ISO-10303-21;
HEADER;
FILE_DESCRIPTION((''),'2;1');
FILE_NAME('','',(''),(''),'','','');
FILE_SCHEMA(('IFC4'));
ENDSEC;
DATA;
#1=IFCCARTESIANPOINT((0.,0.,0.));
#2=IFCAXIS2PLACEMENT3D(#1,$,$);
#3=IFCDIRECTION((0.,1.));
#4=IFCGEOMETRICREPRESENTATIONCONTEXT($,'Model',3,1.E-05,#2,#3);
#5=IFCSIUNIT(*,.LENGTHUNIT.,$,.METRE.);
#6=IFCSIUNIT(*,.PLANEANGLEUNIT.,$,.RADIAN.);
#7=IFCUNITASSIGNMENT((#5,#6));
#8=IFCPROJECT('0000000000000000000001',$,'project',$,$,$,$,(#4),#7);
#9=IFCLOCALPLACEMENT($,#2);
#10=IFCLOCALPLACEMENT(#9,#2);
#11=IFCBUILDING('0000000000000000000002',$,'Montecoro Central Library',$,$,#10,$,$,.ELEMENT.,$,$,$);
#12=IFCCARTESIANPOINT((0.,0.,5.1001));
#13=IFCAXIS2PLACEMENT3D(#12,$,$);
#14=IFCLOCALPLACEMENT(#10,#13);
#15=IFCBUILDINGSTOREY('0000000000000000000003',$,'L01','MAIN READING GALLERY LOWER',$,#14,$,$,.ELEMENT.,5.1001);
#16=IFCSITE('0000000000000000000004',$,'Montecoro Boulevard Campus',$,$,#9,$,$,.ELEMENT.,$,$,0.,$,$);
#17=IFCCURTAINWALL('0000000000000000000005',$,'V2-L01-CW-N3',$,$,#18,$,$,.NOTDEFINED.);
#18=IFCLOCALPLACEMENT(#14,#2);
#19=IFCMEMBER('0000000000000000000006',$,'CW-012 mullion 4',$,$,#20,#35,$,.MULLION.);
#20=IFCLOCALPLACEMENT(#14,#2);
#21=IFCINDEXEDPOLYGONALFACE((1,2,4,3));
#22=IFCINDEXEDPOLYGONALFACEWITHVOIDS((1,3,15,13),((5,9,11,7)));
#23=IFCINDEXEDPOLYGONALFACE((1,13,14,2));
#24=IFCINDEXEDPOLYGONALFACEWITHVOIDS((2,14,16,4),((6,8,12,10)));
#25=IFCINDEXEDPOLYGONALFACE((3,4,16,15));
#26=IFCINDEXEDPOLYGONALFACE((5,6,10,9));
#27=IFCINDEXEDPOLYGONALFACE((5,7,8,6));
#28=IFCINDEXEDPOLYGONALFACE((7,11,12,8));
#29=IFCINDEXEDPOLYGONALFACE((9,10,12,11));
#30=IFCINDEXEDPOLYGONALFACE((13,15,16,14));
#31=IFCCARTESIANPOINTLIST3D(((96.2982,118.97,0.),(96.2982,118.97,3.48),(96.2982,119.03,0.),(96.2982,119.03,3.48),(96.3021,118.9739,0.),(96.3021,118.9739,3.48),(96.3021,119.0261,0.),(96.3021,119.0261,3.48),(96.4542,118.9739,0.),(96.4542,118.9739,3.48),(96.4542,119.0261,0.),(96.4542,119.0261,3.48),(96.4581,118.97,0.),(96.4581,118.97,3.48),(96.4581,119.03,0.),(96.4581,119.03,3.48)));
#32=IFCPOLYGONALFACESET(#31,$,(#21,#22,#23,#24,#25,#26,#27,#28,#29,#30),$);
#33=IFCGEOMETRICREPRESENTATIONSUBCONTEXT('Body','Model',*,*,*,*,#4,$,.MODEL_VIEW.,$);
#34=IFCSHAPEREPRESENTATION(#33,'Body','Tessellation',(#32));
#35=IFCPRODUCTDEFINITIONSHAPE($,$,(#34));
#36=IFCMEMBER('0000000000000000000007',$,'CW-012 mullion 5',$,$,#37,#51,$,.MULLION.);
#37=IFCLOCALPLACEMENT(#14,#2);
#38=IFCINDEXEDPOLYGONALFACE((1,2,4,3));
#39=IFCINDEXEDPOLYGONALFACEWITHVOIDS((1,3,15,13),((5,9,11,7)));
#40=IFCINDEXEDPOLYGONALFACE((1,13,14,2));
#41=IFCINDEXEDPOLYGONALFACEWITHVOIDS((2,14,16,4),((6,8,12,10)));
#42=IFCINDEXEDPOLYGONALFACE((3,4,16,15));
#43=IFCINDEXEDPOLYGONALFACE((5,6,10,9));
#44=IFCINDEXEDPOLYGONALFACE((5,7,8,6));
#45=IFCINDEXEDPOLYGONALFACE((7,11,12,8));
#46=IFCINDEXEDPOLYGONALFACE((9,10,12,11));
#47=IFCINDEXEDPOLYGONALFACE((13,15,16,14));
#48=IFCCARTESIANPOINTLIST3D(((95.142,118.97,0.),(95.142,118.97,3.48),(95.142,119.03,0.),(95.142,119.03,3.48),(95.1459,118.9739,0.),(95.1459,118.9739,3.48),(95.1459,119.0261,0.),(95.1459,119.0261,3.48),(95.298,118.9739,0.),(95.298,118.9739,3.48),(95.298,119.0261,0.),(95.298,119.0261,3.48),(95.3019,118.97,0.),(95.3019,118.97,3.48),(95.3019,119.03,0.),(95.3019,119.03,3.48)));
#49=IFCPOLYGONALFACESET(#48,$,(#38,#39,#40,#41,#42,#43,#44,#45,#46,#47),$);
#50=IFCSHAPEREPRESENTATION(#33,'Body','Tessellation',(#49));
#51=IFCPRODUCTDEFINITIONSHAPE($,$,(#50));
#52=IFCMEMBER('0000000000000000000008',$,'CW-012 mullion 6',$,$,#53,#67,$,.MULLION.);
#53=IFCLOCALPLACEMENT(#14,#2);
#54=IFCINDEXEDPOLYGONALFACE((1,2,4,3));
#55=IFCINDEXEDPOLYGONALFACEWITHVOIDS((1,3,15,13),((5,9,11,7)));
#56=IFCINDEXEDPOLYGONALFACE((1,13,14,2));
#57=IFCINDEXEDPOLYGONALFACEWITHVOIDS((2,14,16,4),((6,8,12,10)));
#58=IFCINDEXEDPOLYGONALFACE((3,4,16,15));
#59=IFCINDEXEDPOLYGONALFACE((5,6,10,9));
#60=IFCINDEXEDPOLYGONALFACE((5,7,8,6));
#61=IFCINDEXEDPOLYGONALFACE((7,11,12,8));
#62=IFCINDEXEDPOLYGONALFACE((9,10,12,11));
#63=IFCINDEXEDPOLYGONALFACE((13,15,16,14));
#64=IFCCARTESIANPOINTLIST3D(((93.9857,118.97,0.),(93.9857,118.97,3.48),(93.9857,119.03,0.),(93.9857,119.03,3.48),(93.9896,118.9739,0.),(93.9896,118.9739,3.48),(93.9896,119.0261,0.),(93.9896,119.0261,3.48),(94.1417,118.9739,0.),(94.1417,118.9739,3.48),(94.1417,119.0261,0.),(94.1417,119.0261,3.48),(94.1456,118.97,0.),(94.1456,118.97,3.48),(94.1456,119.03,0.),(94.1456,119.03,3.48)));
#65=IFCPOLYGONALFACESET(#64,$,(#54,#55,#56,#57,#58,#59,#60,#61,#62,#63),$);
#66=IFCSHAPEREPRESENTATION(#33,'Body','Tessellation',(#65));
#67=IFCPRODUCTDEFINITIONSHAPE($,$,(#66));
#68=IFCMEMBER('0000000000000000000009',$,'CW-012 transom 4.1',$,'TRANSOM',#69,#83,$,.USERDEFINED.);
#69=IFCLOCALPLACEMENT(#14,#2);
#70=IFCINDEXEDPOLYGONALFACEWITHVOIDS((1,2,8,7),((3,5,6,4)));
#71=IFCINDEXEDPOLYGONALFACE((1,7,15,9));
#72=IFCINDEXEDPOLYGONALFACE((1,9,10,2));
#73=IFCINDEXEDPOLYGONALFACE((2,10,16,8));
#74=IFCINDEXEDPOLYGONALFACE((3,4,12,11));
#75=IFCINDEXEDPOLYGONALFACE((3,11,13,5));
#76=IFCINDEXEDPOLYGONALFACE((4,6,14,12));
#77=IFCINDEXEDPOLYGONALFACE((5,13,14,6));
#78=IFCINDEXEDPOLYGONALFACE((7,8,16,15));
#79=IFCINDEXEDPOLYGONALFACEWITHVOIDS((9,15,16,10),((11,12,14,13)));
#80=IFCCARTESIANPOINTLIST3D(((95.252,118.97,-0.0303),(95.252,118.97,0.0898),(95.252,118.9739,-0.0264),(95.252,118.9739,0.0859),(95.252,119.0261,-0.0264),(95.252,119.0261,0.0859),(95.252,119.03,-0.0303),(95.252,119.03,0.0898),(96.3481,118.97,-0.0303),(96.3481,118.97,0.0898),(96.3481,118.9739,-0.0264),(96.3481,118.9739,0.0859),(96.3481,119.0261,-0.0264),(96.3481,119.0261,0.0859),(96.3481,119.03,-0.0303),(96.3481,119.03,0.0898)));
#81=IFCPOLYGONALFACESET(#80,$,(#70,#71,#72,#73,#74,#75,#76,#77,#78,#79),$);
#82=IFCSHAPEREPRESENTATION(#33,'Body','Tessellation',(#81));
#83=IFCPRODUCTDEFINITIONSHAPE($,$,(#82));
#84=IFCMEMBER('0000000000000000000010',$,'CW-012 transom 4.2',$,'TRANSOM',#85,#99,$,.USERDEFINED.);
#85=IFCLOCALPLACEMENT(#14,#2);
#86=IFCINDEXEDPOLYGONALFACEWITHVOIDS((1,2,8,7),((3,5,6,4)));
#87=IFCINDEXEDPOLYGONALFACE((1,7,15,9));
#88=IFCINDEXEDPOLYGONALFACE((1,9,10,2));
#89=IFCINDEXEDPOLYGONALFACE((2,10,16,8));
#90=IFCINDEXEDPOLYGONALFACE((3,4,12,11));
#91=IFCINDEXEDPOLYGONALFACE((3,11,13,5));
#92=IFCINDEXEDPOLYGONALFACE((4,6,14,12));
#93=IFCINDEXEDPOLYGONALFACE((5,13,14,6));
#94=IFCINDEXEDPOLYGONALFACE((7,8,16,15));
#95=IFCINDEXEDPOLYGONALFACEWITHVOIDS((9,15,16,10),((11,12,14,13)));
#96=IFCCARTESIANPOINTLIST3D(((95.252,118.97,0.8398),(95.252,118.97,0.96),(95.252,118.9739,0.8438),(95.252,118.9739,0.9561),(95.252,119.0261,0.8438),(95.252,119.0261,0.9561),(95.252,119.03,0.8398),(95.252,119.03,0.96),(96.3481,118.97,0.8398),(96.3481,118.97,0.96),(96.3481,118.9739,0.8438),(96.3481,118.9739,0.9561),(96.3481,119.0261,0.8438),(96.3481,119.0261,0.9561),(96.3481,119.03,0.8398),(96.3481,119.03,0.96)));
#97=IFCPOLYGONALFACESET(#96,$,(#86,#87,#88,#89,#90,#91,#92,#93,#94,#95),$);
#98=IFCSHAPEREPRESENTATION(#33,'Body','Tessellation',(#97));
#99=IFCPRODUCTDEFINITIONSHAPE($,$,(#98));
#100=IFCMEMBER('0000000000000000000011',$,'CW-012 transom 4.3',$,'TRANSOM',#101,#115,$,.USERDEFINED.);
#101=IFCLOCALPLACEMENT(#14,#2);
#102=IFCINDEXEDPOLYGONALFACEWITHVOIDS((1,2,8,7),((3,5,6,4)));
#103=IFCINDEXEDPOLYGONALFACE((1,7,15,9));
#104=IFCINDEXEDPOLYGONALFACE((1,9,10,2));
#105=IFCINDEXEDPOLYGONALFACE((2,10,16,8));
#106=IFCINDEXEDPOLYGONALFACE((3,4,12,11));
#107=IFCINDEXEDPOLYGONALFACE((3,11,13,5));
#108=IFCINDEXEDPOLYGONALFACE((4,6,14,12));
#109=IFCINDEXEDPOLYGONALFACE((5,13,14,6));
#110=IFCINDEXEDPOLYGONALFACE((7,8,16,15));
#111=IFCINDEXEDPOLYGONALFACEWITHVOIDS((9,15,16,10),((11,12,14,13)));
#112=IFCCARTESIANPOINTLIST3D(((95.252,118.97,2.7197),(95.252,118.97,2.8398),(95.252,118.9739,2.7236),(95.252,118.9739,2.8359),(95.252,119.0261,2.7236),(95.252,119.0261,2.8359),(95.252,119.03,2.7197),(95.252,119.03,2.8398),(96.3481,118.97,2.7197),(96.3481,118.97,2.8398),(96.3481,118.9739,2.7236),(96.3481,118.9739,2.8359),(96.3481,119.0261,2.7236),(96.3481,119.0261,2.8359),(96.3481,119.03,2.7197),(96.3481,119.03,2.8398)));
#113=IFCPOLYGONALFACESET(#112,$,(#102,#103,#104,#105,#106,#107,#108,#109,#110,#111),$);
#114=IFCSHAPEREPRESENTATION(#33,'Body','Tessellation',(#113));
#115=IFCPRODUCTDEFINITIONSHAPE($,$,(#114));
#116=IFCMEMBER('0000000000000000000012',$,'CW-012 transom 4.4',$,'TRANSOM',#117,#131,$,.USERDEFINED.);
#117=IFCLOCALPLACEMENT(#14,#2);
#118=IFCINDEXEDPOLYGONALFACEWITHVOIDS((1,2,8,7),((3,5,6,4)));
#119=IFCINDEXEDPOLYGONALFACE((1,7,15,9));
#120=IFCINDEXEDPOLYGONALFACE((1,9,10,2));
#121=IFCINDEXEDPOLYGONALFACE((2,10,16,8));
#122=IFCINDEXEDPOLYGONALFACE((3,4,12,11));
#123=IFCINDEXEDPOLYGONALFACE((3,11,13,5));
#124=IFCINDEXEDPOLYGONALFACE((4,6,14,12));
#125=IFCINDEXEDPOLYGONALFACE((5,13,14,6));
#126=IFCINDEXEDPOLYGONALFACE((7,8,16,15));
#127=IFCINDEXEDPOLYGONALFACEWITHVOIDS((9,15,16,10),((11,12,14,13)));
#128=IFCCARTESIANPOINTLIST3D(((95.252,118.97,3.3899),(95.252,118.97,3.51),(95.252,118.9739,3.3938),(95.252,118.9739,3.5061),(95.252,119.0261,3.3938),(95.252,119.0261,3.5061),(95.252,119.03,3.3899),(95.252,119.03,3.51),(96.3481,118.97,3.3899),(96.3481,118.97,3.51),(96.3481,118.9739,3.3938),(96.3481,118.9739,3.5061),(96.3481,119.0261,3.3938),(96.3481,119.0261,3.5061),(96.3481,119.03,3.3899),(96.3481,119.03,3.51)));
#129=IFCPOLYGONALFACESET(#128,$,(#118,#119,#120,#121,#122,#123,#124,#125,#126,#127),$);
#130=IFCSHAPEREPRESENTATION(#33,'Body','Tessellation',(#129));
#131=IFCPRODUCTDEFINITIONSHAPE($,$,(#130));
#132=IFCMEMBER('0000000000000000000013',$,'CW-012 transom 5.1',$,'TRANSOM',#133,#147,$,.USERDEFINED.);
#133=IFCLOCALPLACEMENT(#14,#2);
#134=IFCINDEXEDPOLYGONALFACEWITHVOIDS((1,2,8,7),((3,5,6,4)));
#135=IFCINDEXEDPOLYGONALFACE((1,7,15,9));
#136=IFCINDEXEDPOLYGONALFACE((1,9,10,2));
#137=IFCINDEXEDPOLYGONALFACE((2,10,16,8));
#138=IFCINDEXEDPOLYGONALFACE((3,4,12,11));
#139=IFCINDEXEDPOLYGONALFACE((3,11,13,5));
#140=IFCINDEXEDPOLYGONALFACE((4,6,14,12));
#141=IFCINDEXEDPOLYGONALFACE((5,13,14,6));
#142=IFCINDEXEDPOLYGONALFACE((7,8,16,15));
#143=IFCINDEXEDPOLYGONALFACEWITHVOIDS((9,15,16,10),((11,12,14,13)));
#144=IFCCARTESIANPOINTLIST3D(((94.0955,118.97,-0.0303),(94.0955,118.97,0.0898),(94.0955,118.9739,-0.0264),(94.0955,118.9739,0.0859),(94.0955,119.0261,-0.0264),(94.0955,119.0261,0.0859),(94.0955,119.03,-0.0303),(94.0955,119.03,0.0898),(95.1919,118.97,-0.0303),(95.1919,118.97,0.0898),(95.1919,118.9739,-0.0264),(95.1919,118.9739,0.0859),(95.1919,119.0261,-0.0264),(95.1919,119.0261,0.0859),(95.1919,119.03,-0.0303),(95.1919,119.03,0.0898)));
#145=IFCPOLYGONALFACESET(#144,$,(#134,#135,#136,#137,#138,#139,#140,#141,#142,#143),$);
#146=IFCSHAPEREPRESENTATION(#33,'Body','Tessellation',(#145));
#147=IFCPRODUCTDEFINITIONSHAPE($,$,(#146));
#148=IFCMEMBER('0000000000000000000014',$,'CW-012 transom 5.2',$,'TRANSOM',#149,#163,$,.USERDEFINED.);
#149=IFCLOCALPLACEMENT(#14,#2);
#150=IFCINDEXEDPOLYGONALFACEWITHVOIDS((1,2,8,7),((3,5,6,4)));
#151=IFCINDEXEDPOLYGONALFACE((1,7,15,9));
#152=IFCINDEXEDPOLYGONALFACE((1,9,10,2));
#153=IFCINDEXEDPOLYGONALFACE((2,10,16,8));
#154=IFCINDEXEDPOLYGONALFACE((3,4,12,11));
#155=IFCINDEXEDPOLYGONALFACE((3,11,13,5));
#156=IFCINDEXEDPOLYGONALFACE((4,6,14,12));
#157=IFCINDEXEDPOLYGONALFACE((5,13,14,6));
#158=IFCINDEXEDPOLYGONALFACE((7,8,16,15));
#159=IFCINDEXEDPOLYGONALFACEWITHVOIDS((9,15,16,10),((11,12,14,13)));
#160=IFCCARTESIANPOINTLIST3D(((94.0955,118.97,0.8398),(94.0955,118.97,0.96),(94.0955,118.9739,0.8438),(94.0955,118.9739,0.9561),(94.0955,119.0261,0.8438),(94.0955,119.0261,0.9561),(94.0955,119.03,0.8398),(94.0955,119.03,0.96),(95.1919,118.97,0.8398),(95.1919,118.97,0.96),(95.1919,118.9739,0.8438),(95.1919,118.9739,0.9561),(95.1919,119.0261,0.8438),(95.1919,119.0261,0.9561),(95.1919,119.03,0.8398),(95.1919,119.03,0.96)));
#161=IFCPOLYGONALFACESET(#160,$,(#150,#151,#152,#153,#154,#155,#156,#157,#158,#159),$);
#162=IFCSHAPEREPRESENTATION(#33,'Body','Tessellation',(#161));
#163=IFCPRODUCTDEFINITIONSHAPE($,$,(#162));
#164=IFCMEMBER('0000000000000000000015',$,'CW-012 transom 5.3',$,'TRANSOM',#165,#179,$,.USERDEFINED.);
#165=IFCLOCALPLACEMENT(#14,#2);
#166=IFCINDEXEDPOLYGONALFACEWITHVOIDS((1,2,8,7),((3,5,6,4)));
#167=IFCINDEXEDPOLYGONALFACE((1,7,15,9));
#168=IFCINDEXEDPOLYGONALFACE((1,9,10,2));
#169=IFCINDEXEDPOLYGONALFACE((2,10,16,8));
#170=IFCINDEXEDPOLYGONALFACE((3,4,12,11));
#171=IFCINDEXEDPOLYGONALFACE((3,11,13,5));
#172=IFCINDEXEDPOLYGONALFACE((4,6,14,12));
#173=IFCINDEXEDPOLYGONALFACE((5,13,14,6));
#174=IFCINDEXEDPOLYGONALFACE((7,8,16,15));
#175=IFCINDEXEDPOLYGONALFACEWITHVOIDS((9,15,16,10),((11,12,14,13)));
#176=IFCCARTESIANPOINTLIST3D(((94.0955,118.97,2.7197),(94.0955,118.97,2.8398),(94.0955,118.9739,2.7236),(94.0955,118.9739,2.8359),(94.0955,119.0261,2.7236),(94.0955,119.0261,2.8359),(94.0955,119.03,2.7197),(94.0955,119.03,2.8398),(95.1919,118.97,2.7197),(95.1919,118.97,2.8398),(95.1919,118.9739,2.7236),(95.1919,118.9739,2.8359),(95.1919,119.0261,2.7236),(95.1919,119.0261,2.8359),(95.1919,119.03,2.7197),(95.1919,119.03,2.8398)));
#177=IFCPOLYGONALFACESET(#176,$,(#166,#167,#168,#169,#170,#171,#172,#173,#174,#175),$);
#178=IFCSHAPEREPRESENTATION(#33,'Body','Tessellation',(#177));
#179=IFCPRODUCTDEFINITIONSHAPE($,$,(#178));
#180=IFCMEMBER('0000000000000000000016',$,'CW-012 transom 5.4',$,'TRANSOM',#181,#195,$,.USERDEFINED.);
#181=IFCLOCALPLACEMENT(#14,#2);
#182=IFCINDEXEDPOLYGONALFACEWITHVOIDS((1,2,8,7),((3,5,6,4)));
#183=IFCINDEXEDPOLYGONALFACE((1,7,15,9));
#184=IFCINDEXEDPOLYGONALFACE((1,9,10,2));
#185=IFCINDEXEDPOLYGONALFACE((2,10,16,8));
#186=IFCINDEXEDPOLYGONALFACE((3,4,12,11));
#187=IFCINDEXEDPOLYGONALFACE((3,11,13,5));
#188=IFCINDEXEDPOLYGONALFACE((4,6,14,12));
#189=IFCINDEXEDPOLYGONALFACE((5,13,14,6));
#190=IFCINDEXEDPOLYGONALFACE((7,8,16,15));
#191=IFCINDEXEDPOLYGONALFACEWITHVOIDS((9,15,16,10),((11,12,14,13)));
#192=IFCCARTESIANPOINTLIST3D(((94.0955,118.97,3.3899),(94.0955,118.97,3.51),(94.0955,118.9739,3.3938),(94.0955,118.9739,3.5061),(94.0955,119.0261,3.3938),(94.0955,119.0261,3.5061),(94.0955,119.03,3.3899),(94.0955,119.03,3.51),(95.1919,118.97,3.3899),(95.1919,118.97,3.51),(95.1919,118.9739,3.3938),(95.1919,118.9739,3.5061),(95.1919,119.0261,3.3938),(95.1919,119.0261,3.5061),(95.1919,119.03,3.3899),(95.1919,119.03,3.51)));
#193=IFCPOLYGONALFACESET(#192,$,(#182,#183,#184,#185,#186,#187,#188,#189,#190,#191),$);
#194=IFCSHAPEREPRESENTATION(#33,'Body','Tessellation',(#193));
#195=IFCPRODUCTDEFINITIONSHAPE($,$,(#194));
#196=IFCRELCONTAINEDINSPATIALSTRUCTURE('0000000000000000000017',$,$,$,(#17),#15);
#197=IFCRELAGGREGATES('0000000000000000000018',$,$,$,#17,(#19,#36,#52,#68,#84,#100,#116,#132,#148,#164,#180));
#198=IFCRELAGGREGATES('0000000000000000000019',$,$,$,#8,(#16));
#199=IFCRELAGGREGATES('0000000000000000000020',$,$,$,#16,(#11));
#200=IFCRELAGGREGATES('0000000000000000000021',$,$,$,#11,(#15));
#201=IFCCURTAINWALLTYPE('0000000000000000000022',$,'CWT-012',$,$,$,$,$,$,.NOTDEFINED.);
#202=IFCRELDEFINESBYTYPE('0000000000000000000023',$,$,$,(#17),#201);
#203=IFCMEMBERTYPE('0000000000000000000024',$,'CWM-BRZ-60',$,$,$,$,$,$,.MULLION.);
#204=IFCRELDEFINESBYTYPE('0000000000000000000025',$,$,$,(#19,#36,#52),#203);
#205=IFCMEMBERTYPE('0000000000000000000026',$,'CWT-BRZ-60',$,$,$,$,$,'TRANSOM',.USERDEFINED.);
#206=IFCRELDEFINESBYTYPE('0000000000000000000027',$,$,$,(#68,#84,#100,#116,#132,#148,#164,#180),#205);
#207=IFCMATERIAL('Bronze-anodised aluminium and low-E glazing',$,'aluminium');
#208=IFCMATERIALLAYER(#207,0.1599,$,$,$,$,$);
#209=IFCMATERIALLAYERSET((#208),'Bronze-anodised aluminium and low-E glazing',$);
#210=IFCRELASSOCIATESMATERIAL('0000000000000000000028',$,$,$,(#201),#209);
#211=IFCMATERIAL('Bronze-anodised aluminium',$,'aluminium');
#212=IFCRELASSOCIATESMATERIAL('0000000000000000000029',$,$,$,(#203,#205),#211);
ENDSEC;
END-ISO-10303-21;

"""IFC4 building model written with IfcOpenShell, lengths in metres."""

from ifc_helpers import new_model, si_unit, direction, frame, origin, origin_2d, place, context, subcontext, project, spatial, hollow_rectangle, extrude, material, layer, layer_set, material_profile, profile_set, type_object, element, aggregate, save


model = new_model("IFC4")

# Units and contexts
model_context = context("Model", 3, precision=1e-05, world=origin(), true_north=direction((0.0, 1.0)))
body_context = subcontext(model_context, "Body", "Model", "MODEL_VIEW")
ifc_project = project(units=[si_unit("LENGTHUNIT", "METRE"), si_unit("PLANEANGLEUNIT", "RADIAN")], contexts=[model_context])

# Site, building, storey
site_placement = place(None, origin())
site = spatial("IfcSite", under=ifc_project, at=site_placement, Name="Montecoro Boulevard Campus", CompositionType="ELEMENT", RefElevation=0.0)
building_placement = place(site_placement, origin())
building = spatial("IfcBuilding", under=site, at=building_placement, Name="Montecoro Central Library", CompositionType="ELEMENT")
storey_placement = place(building_placement, frame((0.0, 0.0, 5.1001)))
storey = spatial("IfcBuildingStorey", under=building, at=storey_placement, Name="L01", Description="MAIN READING GALLERY LOWER", CompositionType="ELEMENT", Elevation=5.1001)

# Curtain wall, members
ifc_material_1 = material(Name="Bronze-anodised aluminium and low-E glazing", Category="aluminium")
ifc_layer_1 = layer(ifc_material_1, 0.1599)
ifc_layer_set_1 = layer_set([ifc_layer_1], Name="Bronze-anodised aluminium and low-E glazing")
curtain_wall_type = type_object("IfcCurtainWallType", Name="CWT-012", PredefinedType="NOTDEFINED", material=ifc_layer_set_1)
curtain_wall_placement = place(storey_placement, origin())
curtain_wall = element("IfcCurtainWall", 1, at=curtain_wall_placement, inside=storey, type_object=curtain_wall_type, Name="V2-L01-CW-N3", PredefinedType="NOTDEFINED")
ifc_material_2 = material(Name="Bronze-anodised aluminium", Category="aluminium")
ifc_material_profile_1 = material_profile(ifc_material_2, hollow_rectangle(XDim=0.0601, YDim=0.1599, WallThickness=0.0039, at=origin_2d()), Name="CWM 160x60x4.0")
ifc_profile_set_1 = profile_set([ifc_material_profile_1], Name="Bronze-anodised aluminium")
member_type_1 = type_object("IfcMemberType", Name="CWM-BRZ-60", PredefinedType="MULLION", material=ifc_profile_set_1)
member_1_placement = place(storey_placement, frame((96.3782, 119.0, 0.0), z_axis=(0.0, 0.0, 1.0), x_axis=(0.0, -1.0, 0.0)))
member_1 = element("IfcMember", 2, at=member_1_placement, type_object=member_type_1, Name="CW-012 mullion 4", PredefinedType="MULLION", context=body_context, shape_type="SweptSolid", body=[
    extrude(hollow_rectangle(XDim=0.0601, YDim=0.1599, WallThickness=0.0039, at=origin_2d()), origin(), (0.0, 0.0, 1.0), 3.48),
])
member_2_placement = place(storey_placement, frame((95.2219, 119.0, 0.0), z_axis=(0.0, 0.0, 1.0), x_axis=(0.0, -1.0, 0.0)))
member_2 = element("IfcMember", 3, at=member_2_placement, type_object=member_type_1, Name="CW-012 mullion 5", PredefinedType="MULLION", context=body_context, shape_type="SweptSolid", body=[
    extrude(hollow_rectangle(XDim=0.0601, YDim=0.1599, WallThickness=0.0039, at=origin_2d()), origin(), (0.0, 0.0, 1.0), 3.48),
])
member_3_placement = place(storey_placement, frame((94.0657, 119.0, 0.0), z_axis=(0.0, 0.0, 1.0), x_axis=(0.0, -1.0, 0.0)))
member_3 = element("IfcMember", 4, at=member_3_placement, type_object=member_type_1, Name="CW-012 mullion 6", PredefinedType="MULLION", context=body_context, shape_type="SweptSolid", body=[
    extrude(hollow_rectangle(XDim=0.0601, YDim=0.1599, WallThickness=0.0039, at=origin_2d()), origin(), (0.0, 0.0, 1.0), 3.48),
])
ifc_material_profile_2 = material_profile(ifc_material_2, hollow_rectangle(XDim=0.0601, YDim=0.1201, WallThickness=0.0039, at=origin_2d()), Name="CWT 120x60x4.0")
ifc_profile_set_2 = profile_set([ifc_material_profile_2], Name="Bronze-anodised aluminium")
member_type_2 = type_object("IfcMemberType", Name="CWT-BRZ-60", ElementType="TRANSOM", PredefinedType="USERDEFINED", material=ifc_profile_set_2)
member_4_placement = place(storey_placement, frame((96.3481, 119.0, 0.0298), z_axis=(-1.0, 0.0, 0.0), x_axis=(0.0, -1.0, 0.0)))
member_4 = element("IfcMember", 5, at=member_4_placement, type_object=member_type_2, Name="CW-012 transom 4.1", ObjectType="TRANSOM", PredefinedType="USERDEFINED", context=body_context, shape_type="SweptSolid", body=[
    extrude(hollow_rectangle(XDim=0.0601, YDim=0.1201, WallThickness=0.0039, at=origin_2d()), origin(), (0.0, 0.0, 1.0), 1.0962),
])
member_5_placement = place(storey_placement, frame((96.3481, 119.0, 0.8999), z_axis=(-1.0, 0.0, 0.0), x_axis=(0.0, -1.0, 0.0)))
member_5 = element("IfcMember", 6, at=member_5_placement, type_object=member_type_2, Name="CW-012 transom 4.2", ObjectType="TRANSOM", PredefinedType="USERDEFINED", context=body_context, shape_type="SweptSolid", body=[
    extrude(hollow_rectangle(XDim=0.0601, YDim=0.1201, WallThickness=0.0039, at=origin_2d()), origin(), (0.0, 0.0, 1.0), 1.0962),
])
member_6_placement = place(storey_placement, frame((96.3481, 119.0, 2.7798), z_axis=(-1.0, 0.0, 0.0), x_axis=(0.0, -1.0, 0.0)))
member_6 = element("IfcMember", 7, at=member_6_placement, type_object=member_type_2, Name="CW-012 transom 4.3", ObjectType="TRANSOM", PredefinedType="USERDEFINED", context=body_context, shape_type="SweptSolid", body=[
    extrude(hollow_rectangle(XDim=0.0601, YDim=0.1201, WallThickness=0.0039, at=origin_2d()), origin(), (0.0, 0.0, 1.0), 1.0962),
])
member_7_placement = place(storey_placement, frame((96.3481, 119.0, 3.45), z_axis=(-1.0, 0.0, 0.0), x_axis=(0.0, -1.0, 0.0)))
member_7 = element("IfcMember", 8, at=member_7_placement, type_object=member_type_2, Name="CW-012 transom 4.4", ObjectType="TRANSOM", PredefinedType="USERDEFINED", context=body_context, shape_type="SweptSolid", body=[
    extrude(hollow_rectangle(XDim=0.0601, YDim=0.1201, WallThickness=0.0039, at=origin_2d()), origin(), (0.0, 0.0, 1.0), 1.0962),
])
member_8_placement = place(storey_placement, frame((95.1919, 119.0, 0.0298), z_axis=(-1.0, 0.0, 0.0), x_axis=(0.0, -1.0, 0.0)))
member_8 = element("IfcMember", 9, at=member_8_placement, type_object=member_type_2, Name="CW-012 transom 5.1", ObjectType="TRANSOM", PredefinedType="USERDEFINED", context=body_context, shape_type="SweptSolid", body=[
    extrude(hollow_rectangle(XDim=0.0601, YDim=0.1201, WallThickness=0.0039, at=origin_2d()), origin(), (0.0, 0.0, 1.0), 1.0964),
])
member_9_placement = place(storey_placement, frame((95.1919, 119.0, 0.8999), z_axis=(-1.0, 0.0, 0.0), x_axis=(0.0, -1.0, 0.0)))
member_9 = element("IfcMember", 10, at=member_9_placement, type_object=member_type_2, Name="CW-012 transom 5.2", ObjectType="TRANSOM", PredefinedType="USERDEFINED", context=body_context, shape_type="SweptSolid", body=[
    extrude(hollow_rectangle(XDim=0.0601, YDim=0.1201, WallThickness=0.0039, at=origin_2d()), origin(), (0.0, 0.0, 1.0), 1.0964),
])
member_10_placement = place(storey_placement, frame((95.1919, 119.0, 2.7798), z_axis=(-1.0, 0.0, 0.0), x_axis=(0.0, -1.0, 0.0)))
member_10 = element("IfcMember", 11, at=member_10_placement, type_object=member_type_2, Name="CW-012 transom 5.3", ObjectType="TRANSOM", PredefinedType="USERDEFINED", context=body_context, shape_type="SweptSolid", body=[
    extrude(hollow_rectangle(XDim=0.0601, YDim=0.1201, WallThickness=0.0039, at=origin_2d()), origin(), (0.0, 0.0, 1.0), 1.0964),
])
member_11_placement = place(storey_placement, frame((95.1919, 119.0, 3.45), z_axis=(-1.0, 0.0, 0.0), x_axis=(0.0, -1.0, 0.0)))
member_11 = element("IfcMember", 12, at=member_11_placement, type_object=member_type_2, Name="CW-012 transom 5.4", ObjectType="TRANSOM", PredefinedType="USERDEFINED", context=body_context, shape_type="SweptSolid", body=[
    extrude(hollow_rectangle(XDim=0.0601, YDim=0.1201, WallThickness=0.0039, at=origin_2d()), origin(), (0.0, 0.0, 1.0), 1.0964),
])
aggregate(curtain_wall, [member_1, member_2, member_3, member_4, member_5, member_6, member_7, member_8, member_9, member_10, member_11])

save(model, "model.ifc")
